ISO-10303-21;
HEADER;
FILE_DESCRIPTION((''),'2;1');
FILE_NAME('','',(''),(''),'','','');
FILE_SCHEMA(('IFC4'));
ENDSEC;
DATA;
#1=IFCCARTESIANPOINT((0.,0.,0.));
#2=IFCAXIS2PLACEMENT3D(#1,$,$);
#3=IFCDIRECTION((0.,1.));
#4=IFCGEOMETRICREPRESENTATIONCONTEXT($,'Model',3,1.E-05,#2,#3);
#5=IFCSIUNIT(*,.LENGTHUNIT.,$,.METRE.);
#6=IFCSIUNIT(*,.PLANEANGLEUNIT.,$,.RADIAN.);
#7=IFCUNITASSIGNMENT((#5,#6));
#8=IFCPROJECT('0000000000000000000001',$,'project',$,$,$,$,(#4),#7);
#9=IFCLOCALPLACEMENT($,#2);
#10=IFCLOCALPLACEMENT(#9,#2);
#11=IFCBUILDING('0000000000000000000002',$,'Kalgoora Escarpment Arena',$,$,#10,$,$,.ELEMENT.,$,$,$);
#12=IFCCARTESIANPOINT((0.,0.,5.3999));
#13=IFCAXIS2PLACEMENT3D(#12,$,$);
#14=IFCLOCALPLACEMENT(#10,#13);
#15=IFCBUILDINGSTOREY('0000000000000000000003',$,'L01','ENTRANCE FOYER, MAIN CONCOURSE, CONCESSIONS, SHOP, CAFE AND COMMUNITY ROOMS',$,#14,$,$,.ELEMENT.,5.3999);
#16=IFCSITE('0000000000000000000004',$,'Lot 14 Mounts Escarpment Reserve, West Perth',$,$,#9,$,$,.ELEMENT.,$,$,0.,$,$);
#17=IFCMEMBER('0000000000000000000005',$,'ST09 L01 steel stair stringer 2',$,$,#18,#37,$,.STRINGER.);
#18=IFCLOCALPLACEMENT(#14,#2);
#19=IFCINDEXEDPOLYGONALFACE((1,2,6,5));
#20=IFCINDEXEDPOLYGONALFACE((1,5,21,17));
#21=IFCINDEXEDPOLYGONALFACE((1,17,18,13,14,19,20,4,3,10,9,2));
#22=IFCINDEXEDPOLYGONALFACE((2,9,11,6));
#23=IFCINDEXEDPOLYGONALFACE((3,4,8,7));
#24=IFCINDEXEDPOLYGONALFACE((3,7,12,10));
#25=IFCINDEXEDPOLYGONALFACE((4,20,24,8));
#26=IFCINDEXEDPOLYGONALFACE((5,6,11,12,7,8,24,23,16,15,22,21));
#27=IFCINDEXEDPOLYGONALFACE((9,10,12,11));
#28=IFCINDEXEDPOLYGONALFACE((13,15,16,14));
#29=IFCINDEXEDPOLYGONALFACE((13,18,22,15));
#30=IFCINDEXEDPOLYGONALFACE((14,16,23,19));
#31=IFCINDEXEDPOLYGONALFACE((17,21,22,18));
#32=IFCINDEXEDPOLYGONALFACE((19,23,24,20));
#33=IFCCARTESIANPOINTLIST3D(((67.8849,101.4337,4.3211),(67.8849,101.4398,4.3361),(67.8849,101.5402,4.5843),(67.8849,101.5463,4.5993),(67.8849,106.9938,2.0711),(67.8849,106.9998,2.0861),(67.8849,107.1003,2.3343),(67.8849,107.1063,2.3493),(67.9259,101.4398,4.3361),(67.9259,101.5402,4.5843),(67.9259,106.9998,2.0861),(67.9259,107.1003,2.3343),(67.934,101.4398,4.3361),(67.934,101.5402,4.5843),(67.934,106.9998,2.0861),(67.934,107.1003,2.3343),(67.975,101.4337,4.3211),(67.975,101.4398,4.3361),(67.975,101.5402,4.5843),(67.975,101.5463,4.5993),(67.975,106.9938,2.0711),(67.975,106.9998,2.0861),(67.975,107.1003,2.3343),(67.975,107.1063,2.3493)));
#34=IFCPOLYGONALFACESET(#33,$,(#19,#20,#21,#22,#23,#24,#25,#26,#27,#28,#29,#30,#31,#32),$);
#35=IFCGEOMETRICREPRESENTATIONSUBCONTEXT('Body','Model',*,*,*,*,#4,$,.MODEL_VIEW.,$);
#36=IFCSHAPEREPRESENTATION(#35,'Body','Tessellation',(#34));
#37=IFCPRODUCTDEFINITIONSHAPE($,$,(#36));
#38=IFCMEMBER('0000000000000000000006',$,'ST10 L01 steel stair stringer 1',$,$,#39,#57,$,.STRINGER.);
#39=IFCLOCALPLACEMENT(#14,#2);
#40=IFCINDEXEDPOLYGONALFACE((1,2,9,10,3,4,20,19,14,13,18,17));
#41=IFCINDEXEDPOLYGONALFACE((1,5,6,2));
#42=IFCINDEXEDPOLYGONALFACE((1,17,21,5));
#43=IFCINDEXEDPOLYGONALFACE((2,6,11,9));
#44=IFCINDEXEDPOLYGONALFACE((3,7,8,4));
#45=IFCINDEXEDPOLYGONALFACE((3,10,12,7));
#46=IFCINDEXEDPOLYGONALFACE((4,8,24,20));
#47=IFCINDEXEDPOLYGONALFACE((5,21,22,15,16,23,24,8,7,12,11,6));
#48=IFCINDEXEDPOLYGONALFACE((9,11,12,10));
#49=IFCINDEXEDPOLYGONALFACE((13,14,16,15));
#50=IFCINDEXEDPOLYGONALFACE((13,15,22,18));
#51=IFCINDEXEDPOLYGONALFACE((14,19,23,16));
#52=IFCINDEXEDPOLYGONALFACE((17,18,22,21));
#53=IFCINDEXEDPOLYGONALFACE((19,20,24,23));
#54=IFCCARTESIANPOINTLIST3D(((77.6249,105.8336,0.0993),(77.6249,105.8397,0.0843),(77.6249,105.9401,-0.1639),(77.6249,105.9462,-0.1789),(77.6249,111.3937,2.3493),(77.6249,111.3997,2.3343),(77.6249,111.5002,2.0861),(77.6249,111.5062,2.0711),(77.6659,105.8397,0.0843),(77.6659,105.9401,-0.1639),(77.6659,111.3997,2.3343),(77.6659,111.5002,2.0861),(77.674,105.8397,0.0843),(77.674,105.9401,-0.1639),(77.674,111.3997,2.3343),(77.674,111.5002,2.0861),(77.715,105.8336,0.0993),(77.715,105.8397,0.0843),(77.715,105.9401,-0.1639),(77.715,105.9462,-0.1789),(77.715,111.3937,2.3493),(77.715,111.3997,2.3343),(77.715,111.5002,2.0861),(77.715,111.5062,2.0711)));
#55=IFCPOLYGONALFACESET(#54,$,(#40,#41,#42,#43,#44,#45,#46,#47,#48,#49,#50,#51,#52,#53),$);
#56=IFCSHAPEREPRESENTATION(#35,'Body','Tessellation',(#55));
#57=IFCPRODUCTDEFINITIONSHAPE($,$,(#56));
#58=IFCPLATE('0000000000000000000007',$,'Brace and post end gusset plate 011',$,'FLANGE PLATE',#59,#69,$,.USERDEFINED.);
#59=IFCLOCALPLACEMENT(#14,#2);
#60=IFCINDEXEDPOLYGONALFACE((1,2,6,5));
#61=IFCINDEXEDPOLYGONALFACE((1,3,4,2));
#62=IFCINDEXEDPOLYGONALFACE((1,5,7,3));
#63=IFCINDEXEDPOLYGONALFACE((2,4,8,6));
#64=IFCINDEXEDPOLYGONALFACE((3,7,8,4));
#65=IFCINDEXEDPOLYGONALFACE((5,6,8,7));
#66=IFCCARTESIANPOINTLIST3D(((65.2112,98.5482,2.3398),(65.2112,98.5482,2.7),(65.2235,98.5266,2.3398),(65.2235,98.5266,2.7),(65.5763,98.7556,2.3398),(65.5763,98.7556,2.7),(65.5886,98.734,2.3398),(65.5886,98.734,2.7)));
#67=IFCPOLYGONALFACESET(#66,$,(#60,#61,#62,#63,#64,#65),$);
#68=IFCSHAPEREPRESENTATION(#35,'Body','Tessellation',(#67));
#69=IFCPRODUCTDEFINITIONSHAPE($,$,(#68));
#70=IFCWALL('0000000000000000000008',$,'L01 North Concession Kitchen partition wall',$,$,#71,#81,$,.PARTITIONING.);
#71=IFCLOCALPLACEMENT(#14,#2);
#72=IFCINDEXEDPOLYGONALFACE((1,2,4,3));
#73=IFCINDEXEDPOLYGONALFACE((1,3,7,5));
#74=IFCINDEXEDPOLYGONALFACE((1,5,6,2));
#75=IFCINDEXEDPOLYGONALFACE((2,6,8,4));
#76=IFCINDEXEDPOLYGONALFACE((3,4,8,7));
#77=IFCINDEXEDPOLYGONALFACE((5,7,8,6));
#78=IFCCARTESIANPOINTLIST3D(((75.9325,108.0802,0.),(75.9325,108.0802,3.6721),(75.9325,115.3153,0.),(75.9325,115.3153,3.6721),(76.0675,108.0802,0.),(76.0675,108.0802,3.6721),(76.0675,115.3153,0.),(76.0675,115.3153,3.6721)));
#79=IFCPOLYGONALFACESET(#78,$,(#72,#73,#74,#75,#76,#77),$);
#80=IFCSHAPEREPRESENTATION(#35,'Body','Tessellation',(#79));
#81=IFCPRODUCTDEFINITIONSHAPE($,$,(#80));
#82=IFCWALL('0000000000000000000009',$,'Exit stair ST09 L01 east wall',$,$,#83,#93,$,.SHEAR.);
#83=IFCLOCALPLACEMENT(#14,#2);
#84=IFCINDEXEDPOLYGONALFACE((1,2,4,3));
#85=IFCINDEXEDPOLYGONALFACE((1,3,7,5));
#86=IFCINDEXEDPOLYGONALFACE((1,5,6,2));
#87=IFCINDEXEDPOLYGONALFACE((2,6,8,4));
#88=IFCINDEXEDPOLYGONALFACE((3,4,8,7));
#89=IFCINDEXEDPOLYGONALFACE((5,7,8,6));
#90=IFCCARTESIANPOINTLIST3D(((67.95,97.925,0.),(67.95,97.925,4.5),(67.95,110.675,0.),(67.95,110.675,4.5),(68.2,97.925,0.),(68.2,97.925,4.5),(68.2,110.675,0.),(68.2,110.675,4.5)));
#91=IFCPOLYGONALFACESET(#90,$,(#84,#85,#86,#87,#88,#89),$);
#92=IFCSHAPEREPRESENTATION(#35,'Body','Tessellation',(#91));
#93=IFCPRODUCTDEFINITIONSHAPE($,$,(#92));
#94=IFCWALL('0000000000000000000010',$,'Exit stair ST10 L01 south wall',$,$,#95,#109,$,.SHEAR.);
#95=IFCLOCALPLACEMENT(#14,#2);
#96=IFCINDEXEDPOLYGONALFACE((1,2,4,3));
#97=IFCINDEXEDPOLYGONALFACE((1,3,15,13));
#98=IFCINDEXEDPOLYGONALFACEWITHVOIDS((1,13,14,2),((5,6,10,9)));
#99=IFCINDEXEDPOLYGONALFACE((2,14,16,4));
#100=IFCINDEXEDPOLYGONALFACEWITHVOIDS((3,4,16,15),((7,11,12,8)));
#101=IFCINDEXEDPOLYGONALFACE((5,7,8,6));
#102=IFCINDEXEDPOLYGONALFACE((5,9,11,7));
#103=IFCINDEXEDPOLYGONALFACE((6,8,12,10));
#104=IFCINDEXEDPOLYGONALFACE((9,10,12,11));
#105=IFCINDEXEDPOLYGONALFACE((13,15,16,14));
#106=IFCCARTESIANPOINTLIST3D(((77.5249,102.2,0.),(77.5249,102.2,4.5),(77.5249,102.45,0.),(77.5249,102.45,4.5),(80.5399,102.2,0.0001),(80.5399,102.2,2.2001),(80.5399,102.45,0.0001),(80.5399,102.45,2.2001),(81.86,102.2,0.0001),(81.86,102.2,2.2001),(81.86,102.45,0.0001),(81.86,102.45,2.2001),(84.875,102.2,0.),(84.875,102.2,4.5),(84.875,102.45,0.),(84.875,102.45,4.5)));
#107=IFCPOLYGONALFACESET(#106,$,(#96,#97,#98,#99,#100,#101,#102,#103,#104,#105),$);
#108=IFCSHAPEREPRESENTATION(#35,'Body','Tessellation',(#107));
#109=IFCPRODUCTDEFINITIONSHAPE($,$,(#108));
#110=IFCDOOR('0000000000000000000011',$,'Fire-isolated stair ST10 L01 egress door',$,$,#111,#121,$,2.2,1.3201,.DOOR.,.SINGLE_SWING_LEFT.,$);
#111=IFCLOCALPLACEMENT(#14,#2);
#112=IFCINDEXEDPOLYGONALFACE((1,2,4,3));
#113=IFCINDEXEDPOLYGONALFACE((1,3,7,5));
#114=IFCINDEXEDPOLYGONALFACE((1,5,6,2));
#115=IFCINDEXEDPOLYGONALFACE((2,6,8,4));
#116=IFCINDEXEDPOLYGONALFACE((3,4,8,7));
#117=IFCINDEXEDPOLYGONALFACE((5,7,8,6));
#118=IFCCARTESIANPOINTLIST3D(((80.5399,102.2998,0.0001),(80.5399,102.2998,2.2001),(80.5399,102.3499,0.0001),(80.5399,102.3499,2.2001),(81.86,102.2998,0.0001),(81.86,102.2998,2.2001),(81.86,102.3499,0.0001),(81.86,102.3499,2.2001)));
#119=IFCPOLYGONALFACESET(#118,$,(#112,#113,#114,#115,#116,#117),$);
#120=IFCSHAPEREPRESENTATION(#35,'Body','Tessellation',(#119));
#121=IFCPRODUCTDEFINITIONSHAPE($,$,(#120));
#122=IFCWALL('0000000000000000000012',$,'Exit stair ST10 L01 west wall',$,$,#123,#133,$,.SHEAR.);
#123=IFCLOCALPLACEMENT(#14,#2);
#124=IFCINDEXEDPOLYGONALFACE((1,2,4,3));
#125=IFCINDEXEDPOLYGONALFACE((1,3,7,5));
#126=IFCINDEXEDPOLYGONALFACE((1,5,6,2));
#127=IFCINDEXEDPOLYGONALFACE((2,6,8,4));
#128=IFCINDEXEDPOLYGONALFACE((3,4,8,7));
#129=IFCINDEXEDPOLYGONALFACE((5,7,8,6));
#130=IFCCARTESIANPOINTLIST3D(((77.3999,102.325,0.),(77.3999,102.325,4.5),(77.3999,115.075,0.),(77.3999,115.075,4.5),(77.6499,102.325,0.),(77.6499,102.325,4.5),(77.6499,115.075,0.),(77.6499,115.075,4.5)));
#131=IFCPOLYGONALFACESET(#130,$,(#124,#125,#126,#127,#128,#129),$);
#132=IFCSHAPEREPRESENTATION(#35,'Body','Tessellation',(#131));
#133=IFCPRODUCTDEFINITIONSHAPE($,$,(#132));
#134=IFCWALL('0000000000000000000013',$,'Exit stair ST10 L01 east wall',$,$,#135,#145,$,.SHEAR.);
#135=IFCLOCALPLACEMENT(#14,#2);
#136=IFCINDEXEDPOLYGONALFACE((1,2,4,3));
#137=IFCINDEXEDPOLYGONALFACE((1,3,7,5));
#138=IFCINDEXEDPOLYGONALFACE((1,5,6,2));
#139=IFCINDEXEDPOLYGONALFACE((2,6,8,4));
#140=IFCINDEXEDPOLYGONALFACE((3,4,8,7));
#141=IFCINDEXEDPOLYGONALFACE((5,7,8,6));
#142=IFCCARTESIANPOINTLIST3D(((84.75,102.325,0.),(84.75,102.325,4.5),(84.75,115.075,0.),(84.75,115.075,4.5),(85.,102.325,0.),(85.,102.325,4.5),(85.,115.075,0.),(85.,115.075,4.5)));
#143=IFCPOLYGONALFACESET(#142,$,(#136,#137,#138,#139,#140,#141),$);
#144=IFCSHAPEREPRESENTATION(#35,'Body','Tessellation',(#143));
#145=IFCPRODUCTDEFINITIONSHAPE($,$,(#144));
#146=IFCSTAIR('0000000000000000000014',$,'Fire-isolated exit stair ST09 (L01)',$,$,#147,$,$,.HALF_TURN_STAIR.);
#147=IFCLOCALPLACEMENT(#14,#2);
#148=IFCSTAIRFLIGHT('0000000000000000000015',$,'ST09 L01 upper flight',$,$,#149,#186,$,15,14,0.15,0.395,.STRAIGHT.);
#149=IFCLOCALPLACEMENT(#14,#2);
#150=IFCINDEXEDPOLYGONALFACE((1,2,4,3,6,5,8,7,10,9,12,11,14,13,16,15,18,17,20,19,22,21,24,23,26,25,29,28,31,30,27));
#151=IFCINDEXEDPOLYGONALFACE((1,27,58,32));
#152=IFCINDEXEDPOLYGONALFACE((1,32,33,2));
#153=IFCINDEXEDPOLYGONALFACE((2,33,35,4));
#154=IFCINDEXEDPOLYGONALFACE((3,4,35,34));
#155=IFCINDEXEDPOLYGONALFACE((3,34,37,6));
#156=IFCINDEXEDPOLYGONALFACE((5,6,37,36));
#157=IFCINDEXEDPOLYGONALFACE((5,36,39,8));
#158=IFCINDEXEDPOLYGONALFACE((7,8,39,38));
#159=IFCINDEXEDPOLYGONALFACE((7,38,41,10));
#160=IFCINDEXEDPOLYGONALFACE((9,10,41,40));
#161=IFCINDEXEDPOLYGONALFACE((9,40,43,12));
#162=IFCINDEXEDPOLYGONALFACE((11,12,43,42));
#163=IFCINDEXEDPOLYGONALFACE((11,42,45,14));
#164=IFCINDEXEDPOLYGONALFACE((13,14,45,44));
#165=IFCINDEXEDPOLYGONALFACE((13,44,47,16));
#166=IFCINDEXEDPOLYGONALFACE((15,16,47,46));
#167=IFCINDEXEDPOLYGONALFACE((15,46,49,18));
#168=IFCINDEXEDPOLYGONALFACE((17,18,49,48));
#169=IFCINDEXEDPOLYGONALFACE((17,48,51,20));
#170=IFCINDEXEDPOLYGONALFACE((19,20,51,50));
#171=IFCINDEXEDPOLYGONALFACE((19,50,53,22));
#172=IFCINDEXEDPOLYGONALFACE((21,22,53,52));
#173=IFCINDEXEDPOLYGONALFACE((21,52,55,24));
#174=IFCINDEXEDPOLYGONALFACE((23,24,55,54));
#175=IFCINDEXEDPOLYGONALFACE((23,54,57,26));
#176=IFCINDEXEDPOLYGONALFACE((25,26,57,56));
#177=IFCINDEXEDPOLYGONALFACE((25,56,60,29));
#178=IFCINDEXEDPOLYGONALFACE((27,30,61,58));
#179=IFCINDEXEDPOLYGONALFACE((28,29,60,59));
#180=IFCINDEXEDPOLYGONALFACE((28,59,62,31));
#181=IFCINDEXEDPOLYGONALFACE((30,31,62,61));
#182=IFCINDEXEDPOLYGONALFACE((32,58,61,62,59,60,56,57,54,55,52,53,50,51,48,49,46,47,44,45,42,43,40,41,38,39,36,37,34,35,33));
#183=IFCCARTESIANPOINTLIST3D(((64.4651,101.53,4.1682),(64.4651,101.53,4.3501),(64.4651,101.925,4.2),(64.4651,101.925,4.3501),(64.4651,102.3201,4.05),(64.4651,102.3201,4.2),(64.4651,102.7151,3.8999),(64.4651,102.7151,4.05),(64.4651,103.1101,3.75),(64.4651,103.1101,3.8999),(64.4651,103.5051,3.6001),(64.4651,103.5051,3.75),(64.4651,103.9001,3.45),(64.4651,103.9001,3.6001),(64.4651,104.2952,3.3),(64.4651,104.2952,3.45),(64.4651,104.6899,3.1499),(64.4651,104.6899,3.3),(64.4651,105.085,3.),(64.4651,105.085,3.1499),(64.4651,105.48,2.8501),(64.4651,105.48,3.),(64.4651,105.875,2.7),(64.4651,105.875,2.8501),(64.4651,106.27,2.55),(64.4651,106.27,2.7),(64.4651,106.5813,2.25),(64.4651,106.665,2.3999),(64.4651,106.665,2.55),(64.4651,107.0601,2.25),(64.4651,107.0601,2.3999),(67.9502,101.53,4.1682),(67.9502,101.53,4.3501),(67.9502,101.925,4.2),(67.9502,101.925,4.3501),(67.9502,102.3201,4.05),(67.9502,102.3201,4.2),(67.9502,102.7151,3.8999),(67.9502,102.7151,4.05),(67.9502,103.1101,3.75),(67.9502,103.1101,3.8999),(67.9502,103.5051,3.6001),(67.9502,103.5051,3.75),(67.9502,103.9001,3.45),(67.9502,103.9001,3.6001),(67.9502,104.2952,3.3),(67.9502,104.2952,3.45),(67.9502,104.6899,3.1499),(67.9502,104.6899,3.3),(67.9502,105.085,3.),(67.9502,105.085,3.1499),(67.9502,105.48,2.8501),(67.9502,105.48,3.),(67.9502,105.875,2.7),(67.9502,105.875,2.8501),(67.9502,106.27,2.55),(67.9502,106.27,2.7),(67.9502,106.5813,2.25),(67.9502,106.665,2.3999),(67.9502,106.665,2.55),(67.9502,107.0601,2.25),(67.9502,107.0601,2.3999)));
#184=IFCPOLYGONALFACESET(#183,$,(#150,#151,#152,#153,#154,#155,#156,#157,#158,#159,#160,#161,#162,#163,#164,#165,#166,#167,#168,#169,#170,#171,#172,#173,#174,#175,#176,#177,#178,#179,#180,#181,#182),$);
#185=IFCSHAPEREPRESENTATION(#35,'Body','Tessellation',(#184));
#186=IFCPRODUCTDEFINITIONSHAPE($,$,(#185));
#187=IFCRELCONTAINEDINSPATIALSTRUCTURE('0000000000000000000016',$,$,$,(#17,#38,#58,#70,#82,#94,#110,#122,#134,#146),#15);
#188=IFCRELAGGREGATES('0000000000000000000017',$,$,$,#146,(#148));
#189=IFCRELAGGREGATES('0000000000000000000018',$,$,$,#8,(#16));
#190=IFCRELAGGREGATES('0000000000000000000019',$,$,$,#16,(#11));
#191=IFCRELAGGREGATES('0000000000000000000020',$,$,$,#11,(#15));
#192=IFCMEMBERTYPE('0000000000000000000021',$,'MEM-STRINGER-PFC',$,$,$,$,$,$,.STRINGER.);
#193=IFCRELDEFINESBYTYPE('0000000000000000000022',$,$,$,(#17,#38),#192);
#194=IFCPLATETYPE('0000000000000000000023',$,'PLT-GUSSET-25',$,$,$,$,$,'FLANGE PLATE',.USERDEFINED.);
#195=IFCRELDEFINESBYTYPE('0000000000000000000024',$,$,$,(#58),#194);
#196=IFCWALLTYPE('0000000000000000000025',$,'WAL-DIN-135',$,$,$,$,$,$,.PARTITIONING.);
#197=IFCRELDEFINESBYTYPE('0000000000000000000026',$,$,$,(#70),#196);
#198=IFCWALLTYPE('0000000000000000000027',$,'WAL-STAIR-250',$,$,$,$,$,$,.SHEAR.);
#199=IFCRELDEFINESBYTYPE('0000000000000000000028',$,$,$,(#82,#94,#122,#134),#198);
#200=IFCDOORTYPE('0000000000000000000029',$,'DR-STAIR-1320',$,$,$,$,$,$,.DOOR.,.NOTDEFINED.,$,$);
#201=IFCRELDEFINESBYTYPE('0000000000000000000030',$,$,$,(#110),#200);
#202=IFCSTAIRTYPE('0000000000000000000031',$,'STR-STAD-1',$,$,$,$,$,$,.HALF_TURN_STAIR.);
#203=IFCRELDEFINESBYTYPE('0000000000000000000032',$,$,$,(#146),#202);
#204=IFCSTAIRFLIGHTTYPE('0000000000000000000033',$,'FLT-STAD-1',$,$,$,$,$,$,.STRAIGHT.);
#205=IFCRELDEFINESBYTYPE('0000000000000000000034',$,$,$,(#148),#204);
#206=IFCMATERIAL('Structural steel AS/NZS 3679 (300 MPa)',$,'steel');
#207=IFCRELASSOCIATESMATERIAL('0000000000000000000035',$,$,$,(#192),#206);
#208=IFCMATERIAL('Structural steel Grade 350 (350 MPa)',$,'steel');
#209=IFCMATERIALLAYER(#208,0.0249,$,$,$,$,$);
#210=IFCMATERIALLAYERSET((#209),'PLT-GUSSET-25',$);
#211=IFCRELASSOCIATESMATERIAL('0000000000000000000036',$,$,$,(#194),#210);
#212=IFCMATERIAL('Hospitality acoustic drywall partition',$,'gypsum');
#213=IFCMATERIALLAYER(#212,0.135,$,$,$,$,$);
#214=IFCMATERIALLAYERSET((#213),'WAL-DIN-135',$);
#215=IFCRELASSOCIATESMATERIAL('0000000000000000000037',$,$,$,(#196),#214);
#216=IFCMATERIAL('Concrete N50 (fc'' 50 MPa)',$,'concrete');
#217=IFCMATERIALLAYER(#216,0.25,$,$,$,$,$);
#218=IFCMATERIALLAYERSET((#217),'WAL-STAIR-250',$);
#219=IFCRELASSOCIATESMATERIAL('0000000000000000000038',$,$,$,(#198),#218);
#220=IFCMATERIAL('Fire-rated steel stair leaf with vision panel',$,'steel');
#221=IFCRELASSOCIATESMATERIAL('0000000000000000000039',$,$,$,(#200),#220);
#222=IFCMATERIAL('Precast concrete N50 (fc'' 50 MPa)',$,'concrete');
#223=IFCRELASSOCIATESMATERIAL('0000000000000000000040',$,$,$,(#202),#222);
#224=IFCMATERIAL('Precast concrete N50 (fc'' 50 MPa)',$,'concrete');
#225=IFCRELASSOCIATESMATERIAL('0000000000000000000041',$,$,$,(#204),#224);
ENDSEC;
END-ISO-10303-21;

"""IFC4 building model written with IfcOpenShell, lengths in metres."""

from ifc_helpers import new_model, si_unit, direction, frame, frame_2d, origin, origin_2d, place, context, subcontext, project, spatial, polyline, rectangle, i_section, outline, extrude, material, layer, layer_set, material_profile, profile_set, type_object, element, fill, aggregate, save


model = new_model("IFC4")

# Units and contexts
model_context = context("Model", 3, precision=1e-05, world=origin(), true_north=direction((0.0, 1.0)))
body_context = subcontext(model_context, "Body", "Model", "MODEL_VIEW")
ifc_project = project(units=[si_unit("LENGTHUNIT", "METRE"), si_unit("PLANEANGLEUNIT", "RADIAN")], contexts=[model_context])

# Site, building, storey
site_placement = place(None, origin())
site = spatial("IfcSite", under=ifc_project, at=site_placement, Name="Lot 14 Mounts Escarpment Reserve, West Perth", CompositionType="ELEMENT", RefElevation=0.0)
building_placement = place(site_placement, origin())
building = spatial("IfcBuilding", under=site, at=building_placement, Name="Kalgoora Escarpment Arena", CompositionType="ELEMENT")
storey_placement = place(building_placement, frame((0.0, 0.0, 5.3999)))
storey = spatial("IfcBuildingStorey", under=building, at=storey_placement, Name="L01", Description="ENTRANCE FOYER, MAIN CONCOURSE, CONCESSIONS, SHOP, CAFE AND COMMUNITY ROOMS", CompositionType="ELEMENT", Elevation=5.3999)

# Members
ifc_material_1 = material(Name="Structural steel AS/NZS 3679 (300 MPa)", Category="steel")
ifc_material_profile_1 = material_profile(ifc_material_1, i_section(OverallWidth=0.0901, OverallDepth=0.3, WebThickness=0.0081, FlangeThickness=0.0161, at=origin_2d()))
ifc_profile_set_1 = profile_set([ifc_material_profile_1], Name="Structural steel AS/NZS 3679 (300 MPa)")
member_type = type_object("IfcMemberType", Name="MEM-STRINGER-PFC", PredefinedType="STRINGER", material=ifc_profile_set_1)
for number, where, z_axis, x_axis, name in (
    (1, (67.9299, 107.05, 2.2102), (0.0, -0.926976, 0.375121), (1.0, 0.0, 0.0), "ST09 L01 steel stair stringer 2"),
    (2, (77.6699, 105.8899, -0.0398), (0.0, 0.926976, 0.375121), (-1.0, 0.0, 0.0), "ST10 L01 steel stair stringer 1"),
):
    element("IfcMember", number, at=place(storey_placement, frame(where, z_axis=z_axis, x_axis=x_axis)), inside=storey, type_object=member_type, Name=name, PredefinedType="STRINGER", context=body_context, shape_type="SweptSolid", body=[
        extrude(i_section(OverallWidth=0.0901, OverallDepth=0.3, WebThickness=0.0081, FlangeThickness=0.0161, at=origin_2d()), origin(), (0.0, 0.0, 1.0), 5.998),
    ])

# Plate
ifc_material_2 = material(Name="Structural steel Grade 350 (350 MPa)", Category="steel")
ifc_layer_1 = layer(ifc_material_2, 0.0249)
ifc_layer_set_1 = layer_set([ifc_layer_1], Name="PLT-GUSSET-25")
plate_type = type_object("IfcPlateType", Name="PLT-GUSSET-25", ElementType="FLANGE PLATE", PredefinedType="USERDEFINED", material=ifc_layer_set_1)
plate_placement = place(storey_placement, frame((65.3999, 98.6411, 2.3398), z_axis=(0.0, 0.0, 1.0), x_axis=(-0.869495, -0.493942, 0.0)))
element("IfcPlate", 3, at=plate_placement, inside=storey, type_object=plate_type, Name="Brace and post end gusset plate 011", ObjectType="FLANGE PLATE", PredefinedType="USERDEFINED", context=body_context, shape_type="SweptSolid", body=[
    extrude(rectangle(XDim=0.4199, YDim=0.0249, at=origin_2d()), origin(), (0.0, 0.0, 1.0), 0.3601),
])

# Walls
ifc_material_3 = material(Name="Hospitality acoustic drywall partition", Category="gypsum")
ifc_layer_2 = layer(ifc_material_3, 0.135)
ifc_layer_set_2 = layer_set([ifc_layer_2], Name="WAL-DIN-135")
wall_type_1 = type_object("IfcWallType", Name="WAL-DIN-135", PredefinedType="PARTITIONING", material=ifc_layer_set_2)
wall_1_placement = place(storey_placement, frame((76.0, 108.0801, 0.0), z_axis=(0.0, 0.0, 1.0), x_axis=(0.0, 1.0, 0.0)))
element("IfcWall", 4, at=wall_1_placement, inside=storey, type_object=wall_type_1, Name="L01 North Concession Kitchen partition wall", PredefinedType="PARTITIONING", context=body_context, shape_type="SweptSolid", body=[
    extrude(rectangle(XDim=7.2351, YDim=0.135, at=frame_2d((3.6177, 0.0))), origin(), (0.0, 0.0, 1.0), 3.6721),
])
ifc_material_4 = material(Name="Concrete N50 (fc' 50 MPa)", Category="concrete")
ifc_layer_3 = layer(ifc_material_4, 0.25)
ifc_layer_set_3 = layer_set([ifc_layer_3], Name="WAL-STAIR-250")
wall_type_2 = type_object("IfcWallType", Name="WAL-STAIR-250", PredefinedType="SHEAR", material=ifc_layer_set_3)
wall_2_placement = place(storey_placement, frame((68.075, 97.925, 0.0), z_axis=(0.0, 0.0, 1.0), x_axis=(0.0, 1.0, 0.0)))
element("IfcWall", 5, at=wall_2_placement, inside=storey, type_object=wall_type_2, Name="Exit stair ST09 L01 east wall", PredefinedType="SHEAR", context=body_context, shape_type="SweptSolid", body=[
    extrude(rectangle(XDim=12.75, YDim=0.25, at=frame_2d((6.375, 0.0))), origin(), (0.0, 0.0, 1.0), 4.5),
])

# Wall, opening, door
wall_3_placement = place(storey_placement, frame((77.5249, 102.325, 0.0), z_axis=(0.0, 0.0, 1.0), x_axis=(1.0, 0.0, 0.0)))
wall_3 = element("IfcWall", 6, at=wall_3_placement, inside=storey, type_object=wall_type_2, Name="Exit stair ST10 L01 south wall", PredefinedType="SHEAR", context=body_context, shape_type="SweptSolid", body=[
    extrude(rectangle(XDim=7.3501, YDim=0.25, at=frame_2d((3.675, 0.0))), origin(), (0.0, 0.0, 1.0), 4.5),
])
opening_placement = place(wall_3_placement, frame((3.0149, 0.0, 0.0)))
opening = element("IfcOpeningElement", 7, at=opening_placement, cuts=wall_3, PredefinedType="OPENING", context=body_context, shape_type="SweptSolid", body=[
    extrude(rectangle(XDim=1.3201, YDim=2.2, at=frame_2d((0.6602, 1.1001))), frame((0.0, 0.135, 0.0), z_axis=(0.0, -1.0, 0.0), x_axis=(1.0, 0.0, 0.0)), (0.0, 0.0, 1.0), 0.27),
])
ifc_material_5 = material(Name="Fire-rated steel stair leaf with vision panel", Category="steel")
door_type = type_object("IfcDoorType", Name="DR-STAIR-1320", OperationType="NOTDEFINED", PredefinedType="DOOR", material=ifc_material_5)
door_placement = place(opening_placement, origin())
door = element("IfcDoor", 8, at=door_placement, inside=storey, type_object=door_type, Name="Fire-isolated stair ST10 L01 egress door", OperationType="SINGLE_SWING_LEFT", OverallHeight=2.2, OverallWidth=1.3201, PredefinedType="DOOR", context=body_context, shape_type="SweptSolid", body=[
    extrude(rectangle(XDim=1.3201, YDim=2.2, at=frame_2d((0.6602, 1.1001))), frame((0.0, 0.0249, 0.0), z_axis=(0.0, -1.0, 0.0), x_axis=(1.0, 0.0, 0.0)), (0.0, 0.0, 1.0), 0.05),
])
fill(opening, door)

# Walls
for number, where, z_axis, x_axis, name in (
    (9, (77.5249, 102.325, 0.0), (0.0, 0.0, 1.0), (0.0, 1.0, 0.0), "Exit stair ST10 L01 west wall"),
    (10, (84.875, 102.325, 0.0), (0.0, 0.0, 1.0), (0.0, 1.0, 0.0), "Exit stair ST10 L01 east wall"),
):
    element("IfcWall", number, at=place(storey_placement, frame(where, z_axis=z_axis, x_axis=x_axis)), inside=storey, type_object=wall_type_2, Name=name, PredefinedType="SHEAR", context=body_context, shape_type="SweptSolid", body=[
        extrude(rectangle(XDim=12.75, YDim=0.25, at=frame_2d((6.375, 0.0))), origin(), (0.0, 0.0, 1.0), 4.5),
    ])

# Stair, stair flight
ifc_material_6 = material(Name="Precast concrete N50 (fc' 50 MPa)", Category="concrete")
stair_type_1 = type_object("IfcStairType", Name="STR-STAD-1", PredefinedType="HALF_TURN_STAIR", material=ifc_material_6)
stair_1_placement = place(storey_placement, origin())
stair_1 = element("IfcStair", 11, at=stair_1_placement, inside=storey, type_object=stair_type_1, Name="Fire-isolated exit stair ST09 (L01)", PredefinedType="HALF_TURN_STAIR")
ifc_material_7 = material(Name="Precast concrete N50 (fc' 50 MPa)", Category="concrete")
stair_flight_type_1 = type_object("IfcStairFlightType", Name="FLT-STAD-1", PredefinedType="STRAIGHT", material=ifc_material_7)
stair_flight_1_placement = place(storey_placement, frame((66.2075, 107.0601, 2.25), z_axis=(0.0, 0.0, 1.0), x_axis=(0.0, -1.0, 0.0)))
stair_flight_1 = element("IfcStairFlight", 12, at=stair_flight_1_placement, type_object=stair_flight_type_1, Name="ST09 L01 upper flight", NumberOfRisers=15, NumberOfTreads=14, PredefinedType="STRAIGHT", RiserHeight=0.15, TreadLength=0.395, context=body_context, shape_type="SweptSolid", body=[
    extrude(outline(polyline([(0.0, 0.0), (0.0, 0.1499), (0.395, 0.1499), (0.395, 0.3), (0.79, 0.3), (0.79, 0.45), (1.1851, 0.45), (1.1851, 0.6001), (1.5801, 0.6001), (1.5801, 0.75), (1.9751, 0.75), (1.9751, 0.8999), (2.3701, 0.8999), (2.3701, 1.05), (2.7649, 1.05), (2.7649, 1.2), (3.1599, 1.2), (3.1599, 1.3501), (3.5549, 1.3501), (3.5549, 1.5), (3.95, 1.5), (3.95, 1.6499), (4.345, 1.6499), (4.345, 1.8), (4.74, 1.8), (4.74, 1.95), (5.135, 1.95), (5.135, 2.1001), (5.53, 2.1001), (5.53, 2.25), (5.53, 1.9182), (0.4788, 0.0), (0.0, 0.0)])), frame((0.0, 1.7427, 0.0), z_axis=(0.0, -1.0, 0.0), x_axis=(1.0, 0.0, 0.0)), (0.0, 0.0, 1.0), 3.4851),
])
aggregate(stair_1, [stair_flight_1])

save(model, "model.ifc")
